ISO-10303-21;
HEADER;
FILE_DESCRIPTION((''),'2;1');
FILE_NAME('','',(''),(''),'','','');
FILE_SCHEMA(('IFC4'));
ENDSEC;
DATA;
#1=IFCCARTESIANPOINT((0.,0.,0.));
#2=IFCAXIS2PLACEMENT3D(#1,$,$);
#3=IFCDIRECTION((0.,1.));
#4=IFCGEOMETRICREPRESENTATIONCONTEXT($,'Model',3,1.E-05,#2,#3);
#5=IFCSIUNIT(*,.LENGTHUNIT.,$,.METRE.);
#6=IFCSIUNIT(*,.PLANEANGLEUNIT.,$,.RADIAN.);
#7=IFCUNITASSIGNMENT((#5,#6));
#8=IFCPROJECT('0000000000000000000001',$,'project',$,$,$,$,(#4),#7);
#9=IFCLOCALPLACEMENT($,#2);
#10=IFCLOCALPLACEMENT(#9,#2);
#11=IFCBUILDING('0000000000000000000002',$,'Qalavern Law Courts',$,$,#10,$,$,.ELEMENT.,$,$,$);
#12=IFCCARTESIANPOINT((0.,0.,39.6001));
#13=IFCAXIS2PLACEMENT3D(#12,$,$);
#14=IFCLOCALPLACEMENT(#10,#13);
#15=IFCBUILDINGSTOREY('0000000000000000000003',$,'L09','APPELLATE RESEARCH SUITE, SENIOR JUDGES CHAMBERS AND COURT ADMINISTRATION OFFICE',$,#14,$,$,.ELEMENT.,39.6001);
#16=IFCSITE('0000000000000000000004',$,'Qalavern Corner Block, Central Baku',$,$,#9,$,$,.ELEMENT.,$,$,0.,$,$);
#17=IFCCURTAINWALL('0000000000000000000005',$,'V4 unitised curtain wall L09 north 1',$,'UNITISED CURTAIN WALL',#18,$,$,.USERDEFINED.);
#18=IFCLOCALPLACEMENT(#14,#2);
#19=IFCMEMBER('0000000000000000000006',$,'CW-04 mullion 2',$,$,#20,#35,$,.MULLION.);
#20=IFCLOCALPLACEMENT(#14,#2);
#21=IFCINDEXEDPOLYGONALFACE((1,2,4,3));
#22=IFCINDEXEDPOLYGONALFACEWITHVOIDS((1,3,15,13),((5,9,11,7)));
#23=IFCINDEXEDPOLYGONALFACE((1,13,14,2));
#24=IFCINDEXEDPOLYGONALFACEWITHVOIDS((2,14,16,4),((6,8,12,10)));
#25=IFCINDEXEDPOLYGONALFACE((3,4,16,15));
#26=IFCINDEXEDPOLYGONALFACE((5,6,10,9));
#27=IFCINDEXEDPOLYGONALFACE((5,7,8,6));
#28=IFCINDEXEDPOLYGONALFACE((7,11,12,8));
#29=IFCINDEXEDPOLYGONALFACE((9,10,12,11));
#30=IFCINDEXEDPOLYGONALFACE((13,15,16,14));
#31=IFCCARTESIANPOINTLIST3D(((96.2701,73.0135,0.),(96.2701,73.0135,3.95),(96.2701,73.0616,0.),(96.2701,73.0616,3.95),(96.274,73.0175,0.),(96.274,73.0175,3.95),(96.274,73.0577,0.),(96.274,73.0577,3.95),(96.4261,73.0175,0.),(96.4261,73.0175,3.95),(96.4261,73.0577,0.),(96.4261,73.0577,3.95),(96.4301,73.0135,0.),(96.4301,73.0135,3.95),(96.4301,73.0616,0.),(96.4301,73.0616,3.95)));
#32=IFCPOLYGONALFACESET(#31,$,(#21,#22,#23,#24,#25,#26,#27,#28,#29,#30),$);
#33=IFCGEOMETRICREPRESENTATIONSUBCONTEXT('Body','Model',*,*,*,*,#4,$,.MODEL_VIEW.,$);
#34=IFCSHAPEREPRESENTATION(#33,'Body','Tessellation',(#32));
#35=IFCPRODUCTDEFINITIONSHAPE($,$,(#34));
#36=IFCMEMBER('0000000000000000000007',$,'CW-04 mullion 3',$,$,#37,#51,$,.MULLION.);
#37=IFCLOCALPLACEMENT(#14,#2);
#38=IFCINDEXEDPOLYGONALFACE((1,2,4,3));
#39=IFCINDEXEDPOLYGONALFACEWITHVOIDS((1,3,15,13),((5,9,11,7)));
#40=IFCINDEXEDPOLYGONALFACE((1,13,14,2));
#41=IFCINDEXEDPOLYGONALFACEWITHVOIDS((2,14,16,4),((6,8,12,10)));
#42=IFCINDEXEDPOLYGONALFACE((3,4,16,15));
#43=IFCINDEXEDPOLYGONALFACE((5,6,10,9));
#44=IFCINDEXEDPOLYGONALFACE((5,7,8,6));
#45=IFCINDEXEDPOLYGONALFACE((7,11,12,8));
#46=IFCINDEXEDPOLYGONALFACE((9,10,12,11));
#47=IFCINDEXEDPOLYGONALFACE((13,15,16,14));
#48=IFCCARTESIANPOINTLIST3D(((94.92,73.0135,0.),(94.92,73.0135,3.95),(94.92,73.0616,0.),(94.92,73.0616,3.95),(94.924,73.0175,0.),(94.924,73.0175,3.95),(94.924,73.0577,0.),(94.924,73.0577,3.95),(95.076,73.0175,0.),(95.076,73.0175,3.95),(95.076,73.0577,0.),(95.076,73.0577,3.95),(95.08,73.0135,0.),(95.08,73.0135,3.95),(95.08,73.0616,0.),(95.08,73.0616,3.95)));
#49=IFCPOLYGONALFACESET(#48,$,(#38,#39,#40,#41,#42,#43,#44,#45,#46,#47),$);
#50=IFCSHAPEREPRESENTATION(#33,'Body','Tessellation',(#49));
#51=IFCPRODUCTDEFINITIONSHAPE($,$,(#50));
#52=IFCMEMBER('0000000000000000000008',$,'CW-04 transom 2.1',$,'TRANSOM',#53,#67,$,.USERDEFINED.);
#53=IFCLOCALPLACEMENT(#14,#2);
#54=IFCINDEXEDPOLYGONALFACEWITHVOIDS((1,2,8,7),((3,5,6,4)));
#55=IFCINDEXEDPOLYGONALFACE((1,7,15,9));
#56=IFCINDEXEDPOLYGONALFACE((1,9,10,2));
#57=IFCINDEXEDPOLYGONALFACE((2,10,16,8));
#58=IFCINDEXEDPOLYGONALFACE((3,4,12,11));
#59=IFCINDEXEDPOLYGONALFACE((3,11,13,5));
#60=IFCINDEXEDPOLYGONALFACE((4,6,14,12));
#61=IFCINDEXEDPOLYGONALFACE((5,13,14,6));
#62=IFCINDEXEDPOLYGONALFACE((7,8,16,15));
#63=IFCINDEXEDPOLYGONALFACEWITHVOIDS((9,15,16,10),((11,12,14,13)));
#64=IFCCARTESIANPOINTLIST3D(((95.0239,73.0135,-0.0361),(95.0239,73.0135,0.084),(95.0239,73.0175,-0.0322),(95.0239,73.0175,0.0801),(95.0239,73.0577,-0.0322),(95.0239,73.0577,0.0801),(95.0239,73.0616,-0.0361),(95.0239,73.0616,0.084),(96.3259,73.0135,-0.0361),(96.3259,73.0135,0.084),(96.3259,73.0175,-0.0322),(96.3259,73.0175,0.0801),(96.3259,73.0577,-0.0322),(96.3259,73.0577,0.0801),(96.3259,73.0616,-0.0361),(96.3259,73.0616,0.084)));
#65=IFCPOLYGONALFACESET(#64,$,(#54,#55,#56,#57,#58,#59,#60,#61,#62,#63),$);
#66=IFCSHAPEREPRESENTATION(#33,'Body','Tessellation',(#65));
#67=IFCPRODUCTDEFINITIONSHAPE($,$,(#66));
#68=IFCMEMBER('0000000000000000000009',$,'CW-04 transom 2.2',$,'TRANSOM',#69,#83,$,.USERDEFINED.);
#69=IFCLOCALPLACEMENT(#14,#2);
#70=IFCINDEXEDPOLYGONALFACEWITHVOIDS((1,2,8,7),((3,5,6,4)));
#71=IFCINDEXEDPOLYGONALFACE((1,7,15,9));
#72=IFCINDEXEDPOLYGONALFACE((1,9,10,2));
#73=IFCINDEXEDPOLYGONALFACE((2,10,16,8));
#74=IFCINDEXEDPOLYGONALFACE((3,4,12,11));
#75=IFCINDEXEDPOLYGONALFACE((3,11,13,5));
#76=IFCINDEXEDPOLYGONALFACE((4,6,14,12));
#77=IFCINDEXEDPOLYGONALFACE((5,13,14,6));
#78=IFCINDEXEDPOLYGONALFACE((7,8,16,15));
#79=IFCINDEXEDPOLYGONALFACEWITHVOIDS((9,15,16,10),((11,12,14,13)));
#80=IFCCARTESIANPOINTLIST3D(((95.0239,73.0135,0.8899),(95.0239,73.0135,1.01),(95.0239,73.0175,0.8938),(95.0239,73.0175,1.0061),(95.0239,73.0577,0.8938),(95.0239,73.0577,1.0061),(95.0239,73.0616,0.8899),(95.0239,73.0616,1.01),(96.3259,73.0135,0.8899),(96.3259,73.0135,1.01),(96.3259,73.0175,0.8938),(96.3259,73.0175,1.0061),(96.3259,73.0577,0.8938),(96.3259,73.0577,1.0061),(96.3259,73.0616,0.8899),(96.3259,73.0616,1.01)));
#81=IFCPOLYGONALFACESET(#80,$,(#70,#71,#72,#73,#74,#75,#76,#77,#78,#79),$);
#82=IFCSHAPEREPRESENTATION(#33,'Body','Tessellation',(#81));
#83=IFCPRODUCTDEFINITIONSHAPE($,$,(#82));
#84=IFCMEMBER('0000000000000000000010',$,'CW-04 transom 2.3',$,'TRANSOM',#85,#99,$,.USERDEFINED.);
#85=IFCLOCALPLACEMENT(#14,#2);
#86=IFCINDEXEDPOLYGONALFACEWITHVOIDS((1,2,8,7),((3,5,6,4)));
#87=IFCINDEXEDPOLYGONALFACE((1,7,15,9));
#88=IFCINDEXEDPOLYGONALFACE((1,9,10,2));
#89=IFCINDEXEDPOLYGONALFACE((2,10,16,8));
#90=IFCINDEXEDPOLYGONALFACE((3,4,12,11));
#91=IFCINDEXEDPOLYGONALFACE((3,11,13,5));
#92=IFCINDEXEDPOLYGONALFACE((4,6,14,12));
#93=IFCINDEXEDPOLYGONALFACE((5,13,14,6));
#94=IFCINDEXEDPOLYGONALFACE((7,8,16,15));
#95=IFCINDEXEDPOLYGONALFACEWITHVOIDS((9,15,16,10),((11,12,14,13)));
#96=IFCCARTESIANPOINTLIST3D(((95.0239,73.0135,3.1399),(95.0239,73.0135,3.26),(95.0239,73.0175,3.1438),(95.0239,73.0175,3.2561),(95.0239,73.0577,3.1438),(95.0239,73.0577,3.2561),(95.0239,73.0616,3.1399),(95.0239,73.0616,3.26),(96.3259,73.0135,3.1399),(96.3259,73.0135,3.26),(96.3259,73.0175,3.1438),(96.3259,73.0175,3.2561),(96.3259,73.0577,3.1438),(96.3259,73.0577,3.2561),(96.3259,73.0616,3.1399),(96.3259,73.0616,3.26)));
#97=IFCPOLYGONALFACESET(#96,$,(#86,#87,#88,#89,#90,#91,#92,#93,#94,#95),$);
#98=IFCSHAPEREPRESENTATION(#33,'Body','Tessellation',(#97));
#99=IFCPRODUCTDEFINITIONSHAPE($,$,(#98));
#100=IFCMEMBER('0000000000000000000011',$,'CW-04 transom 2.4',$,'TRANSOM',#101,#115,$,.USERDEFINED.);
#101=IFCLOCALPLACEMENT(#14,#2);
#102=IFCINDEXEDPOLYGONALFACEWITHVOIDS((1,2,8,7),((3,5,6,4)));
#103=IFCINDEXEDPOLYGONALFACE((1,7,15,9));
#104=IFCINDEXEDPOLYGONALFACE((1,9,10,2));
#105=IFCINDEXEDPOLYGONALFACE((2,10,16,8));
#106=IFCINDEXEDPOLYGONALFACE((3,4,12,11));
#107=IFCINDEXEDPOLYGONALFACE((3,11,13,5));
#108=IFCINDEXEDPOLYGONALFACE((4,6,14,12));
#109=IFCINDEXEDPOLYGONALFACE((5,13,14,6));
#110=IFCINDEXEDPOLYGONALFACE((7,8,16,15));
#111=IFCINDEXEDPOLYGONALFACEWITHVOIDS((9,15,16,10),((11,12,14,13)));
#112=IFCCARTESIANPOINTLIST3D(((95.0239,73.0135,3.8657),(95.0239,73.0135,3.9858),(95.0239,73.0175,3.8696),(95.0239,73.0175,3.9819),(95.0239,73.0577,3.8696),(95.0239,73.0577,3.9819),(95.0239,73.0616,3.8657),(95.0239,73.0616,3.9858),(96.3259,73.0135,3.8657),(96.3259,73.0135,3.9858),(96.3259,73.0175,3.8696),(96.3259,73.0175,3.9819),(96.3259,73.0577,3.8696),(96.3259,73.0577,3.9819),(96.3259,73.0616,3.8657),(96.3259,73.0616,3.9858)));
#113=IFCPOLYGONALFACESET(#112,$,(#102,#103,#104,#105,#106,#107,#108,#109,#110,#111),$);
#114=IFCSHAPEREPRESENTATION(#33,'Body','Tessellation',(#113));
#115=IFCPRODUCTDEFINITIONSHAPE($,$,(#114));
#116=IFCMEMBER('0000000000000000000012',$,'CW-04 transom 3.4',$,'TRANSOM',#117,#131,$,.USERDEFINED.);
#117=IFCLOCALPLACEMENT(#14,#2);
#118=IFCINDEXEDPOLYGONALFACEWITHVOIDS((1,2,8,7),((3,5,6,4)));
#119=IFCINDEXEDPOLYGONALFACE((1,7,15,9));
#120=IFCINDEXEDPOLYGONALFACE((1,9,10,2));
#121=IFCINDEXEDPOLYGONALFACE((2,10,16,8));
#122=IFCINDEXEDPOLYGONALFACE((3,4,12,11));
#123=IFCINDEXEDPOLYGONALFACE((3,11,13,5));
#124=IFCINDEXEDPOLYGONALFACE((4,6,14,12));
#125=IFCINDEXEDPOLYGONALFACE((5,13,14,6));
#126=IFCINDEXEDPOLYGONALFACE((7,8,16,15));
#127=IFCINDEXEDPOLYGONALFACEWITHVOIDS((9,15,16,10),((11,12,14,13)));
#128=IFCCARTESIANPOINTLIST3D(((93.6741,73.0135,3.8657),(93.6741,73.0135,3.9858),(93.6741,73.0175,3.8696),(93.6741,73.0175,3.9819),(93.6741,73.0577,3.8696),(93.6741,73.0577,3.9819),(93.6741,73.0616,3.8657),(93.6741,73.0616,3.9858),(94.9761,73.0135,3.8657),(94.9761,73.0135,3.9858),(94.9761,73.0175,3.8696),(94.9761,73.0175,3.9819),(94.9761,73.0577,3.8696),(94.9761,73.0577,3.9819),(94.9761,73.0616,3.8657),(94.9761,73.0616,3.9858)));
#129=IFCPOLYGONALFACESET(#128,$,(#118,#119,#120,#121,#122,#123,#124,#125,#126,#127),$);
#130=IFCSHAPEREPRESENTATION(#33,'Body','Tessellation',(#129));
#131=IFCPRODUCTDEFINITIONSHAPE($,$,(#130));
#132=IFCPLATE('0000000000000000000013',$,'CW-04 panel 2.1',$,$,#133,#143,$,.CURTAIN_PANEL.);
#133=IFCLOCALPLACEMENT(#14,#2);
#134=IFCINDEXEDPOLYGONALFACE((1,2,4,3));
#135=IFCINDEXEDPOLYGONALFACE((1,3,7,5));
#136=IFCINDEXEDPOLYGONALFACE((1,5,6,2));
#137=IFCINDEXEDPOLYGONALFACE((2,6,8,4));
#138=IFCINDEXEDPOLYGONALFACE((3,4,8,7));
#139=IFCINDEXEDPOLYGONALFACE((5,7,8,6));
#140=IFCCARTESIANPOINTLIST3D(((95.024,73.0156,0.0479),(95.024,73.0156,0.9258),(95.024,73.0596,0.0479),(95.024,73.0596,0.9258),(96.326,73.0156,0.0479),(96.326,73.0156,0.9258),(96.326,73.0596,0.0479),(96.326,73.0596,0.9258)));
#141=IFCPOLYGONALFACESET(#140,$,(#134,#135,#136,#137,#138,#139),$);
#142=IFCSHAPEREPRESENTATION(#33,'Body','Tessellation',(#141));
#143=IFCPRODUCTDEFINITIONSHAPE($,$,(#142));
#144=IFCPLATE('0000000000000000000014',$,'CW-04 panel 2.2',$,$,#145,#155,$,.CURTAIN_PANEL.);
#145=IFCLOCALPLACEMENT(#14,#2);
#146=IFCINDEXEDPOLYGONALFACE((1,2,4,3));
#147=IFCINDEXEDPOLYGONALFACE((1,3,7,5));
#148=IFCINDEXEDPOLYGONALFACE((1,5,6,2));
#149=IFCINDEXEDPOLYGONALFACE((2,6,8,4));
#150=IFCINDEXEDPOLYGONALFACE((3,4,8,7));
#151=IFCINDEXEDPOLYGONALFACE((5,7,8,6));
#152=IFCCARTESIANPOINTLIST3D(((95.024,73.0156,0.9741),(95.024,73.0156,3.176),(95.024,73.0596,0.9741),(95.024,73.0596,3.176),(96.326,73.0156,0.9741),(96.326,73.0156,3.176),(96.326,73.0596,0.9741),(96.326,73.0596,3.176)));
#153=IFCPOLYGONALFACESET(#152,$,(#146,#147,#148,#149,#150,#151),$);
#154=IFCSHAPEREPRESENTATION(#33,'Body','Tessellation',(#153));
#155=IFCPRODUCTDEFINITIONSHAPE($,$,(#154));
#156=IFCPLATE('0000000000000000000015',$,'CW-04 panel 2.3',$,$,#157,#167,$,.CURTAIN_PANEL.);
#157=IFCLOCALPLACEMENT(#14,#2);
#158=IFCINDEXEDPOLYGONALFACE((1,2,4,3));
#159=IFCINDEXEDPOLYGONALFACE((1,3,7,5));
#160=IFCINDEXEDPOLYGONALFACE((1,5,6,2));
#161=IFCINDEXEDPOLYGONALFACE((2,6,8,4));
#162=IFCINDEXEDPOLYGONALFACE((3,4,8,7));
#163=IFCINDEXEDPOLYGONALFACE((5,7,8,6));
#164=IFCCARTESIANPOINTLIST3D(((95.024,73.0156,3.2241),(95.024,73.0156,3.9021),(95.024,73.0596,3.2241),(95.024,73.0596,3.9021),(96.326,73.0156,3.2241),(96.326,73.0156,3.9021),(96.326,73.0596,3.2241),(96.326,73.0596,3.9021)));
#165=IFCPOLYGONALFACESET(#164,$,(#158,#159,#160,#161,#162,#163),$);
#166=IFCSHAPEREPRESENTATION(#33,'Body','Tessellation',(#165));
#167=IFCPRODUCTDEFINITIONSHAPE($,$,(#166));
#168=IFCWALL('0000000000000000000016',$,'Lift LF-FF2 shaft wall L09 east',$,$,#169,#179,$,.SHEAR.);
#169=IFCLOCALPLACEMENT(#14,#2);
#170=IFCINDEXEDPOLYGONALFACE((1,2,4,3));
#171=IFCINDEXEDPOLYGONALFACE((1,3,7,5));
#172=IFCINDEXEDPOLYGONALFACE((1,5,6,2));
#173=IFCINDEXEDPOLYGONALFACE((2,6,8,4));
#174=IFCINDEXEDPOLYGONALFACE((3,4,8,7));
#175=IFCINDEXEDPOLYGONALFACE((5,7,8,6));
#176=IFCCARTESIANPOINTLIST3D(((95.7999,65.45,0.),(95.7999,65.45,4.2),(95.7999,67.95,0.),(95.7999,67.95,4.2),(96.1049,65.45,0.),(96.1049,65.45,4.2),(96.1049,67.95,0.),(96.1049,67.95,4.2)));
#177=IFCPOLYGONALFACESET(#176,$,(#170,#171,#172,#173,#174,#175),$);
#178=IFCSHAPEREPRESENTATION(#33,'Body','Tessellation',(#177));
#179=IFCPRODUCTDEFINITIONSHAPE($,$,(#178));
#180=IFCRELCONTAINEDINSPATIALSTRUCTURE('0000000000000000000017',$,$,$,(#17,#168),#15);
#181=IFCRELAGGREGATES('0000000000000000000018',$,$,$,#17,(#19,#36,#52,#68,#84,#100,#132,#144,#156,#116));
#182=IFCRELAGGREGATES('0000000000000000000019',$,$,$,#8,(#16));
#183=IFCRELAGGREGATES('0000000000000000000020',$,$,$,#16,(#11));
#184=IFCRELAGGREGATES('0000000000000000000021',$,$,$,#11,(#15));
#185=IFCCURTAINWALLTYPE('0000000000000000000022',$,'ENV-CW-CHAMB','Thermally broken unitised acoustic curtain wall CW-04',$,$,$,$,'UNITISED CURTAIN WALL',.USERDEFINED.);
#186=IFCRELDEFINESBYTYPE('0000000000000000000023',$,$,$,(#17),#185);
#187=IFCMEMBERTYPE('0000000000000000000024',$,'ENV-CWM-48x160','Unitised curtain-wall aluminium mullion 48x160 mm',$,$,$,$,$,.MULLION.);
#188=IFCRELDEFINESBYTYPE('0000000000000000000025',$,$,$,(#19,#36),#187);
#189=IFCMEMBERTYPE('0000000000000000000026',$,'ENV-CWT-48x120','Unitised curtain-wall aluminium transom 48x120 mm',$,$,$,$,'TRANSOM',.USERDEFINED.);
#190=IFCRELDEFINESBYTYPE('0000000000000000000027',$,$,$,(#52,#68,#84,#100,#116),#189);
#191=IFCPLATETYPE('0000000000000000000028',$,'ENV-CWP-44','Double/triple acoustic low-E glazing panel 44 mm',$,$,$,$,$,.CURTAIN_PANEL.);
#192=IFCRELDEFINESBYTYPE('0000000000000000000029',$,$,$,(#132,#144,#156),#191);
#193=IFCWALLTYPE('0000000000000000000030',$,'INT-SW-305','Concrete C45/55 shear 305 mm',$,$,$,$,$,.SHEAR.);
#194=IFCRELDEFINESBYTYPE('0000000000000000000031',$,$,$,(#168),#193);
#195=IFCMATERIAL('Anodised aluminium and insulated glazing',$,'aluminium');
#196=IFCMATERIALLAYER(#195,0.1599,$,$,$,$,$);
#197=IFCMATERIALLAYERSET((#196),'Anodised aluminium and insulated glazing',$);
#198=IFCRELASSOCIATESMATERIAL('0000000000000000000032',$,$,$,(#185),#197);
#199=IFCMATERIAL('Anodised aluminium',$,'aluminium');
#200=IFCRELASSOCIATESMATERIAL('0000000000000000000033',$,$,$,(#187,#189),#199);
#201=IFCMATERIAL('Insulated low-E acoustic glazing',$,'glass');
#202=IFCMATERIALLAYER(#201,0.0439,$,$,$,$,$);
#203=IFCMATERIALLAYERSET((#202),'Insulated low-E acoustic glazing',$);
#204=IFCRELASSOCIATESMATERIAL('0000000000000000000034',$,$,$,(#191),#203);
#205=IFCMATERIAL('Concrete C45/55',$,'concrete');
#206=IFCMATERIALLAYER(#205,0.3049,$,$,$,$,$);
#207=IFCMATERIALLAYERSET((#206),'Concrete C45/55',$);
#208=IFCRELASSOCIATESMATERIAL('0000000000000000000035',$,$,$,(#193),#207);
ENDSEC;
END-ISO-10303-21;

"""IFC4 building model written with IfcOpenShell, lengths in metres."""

from ifc_helpers import new_model, si_unit, direction, frame, frame_2d, origin, origin_2d, place, context, subcontext, project, spatial, rectangle, hollow_rectangle, extrude, material, layer, layer_set, material_profile, profile_set, type_object, element, aggregate, save


model = new_model("IFC4")

# Units and contexts
model_context = context("Model", 3, precision=1e-05, world=origin(), true_north=direction((0.0, 1.0)))
body_context = subcontext(model_context, "Body", "Model", "MODEL_VIEW")
ifc_project = project(units=[si_unit("LENGTHUNIT", "METRE"), si_unit("PLANEANGLEUNIT", "RADIAN")], contexts=[model_context])

# Site, building, storey
site_placement = place(None, origin())
site = spatial("IfcSite", under=ifc_project, at=site_placement, Name="Qalavern Corner Block, Central Baku", CompositionType="ELEMENT", RefElevation=0.0)
building_placement = place(site_placement, origin())
building = spatial("IfcBuilding", under=site, at=building_placement, Name="Qalavern Law Courts", CompositionType="ELEMENT")
storey_placement = place(building_placement, frame((0.0, 0.0, 39.6001)))
storey = spatial("IfcBuildingStorey", under=building, at=storey_placement, Name="L09", Description="APPELLATE RESEARCH SUITE, SENIOR JUDGES CHAMBERS AND COURT ADMINISTRATION OFFICE", CompositionType="ELEMENT", Elevation=39.6001)

# Curtain wall, members, plates
ifc_material_1 = material(Name="Anodised aluminium and insulated glazing", Category="aluminium")
ifc_layer_1 = layer(ifc_material_1, 0.1599)
ifc_layer_set_1 = layer_set([ifc_layer_1], Name="Anodised aluminium and insulated glazing")
curtain_wall_type = type_object("IfcCurtainWallType", Name="ENV-CW-CHAMB", Description="Thermally broken unitised acoustic curtain wall CW-04", ElementType="UNITISED CURTAIN WALL", PredefinedType="USERDEFINED", material=ifc_layer_set_1)
curtain_wall_placement = place(storey_placement, origin())
curtain_wall = element("IfcCurtainWall", 1, at=curtain_wall_placement, inside=storey, type_object=curtain_wall_type, Name="V4 unitised curtain wall L09 north 1", ObjectType="UNITISED CURTAIN WALL", PredefinedType="USERDEFINED")
ifc_material_2 = material(Name="Anodised aluminium", Category="aluminium")
ifc_material_profile_1 = material_profile(ifc_material_2, hollow_rectangle(XDim=0.0481, YDim=0.1599, WallThickness=0.0039, at=origin_2d()), Name="ALU MULLION 48x160")
ifc_profile_set_1 = profile_set([ifc_material_profile_1], Name="Anodised aluminium")
member_type_1 = type_object("IfcMemberType", Name="ENV-CWM-48x160", Description="Unitised curtain-wall aluminium mullion 48x160 mm", PredefinedType="MULLION", material=ifc_profile_set_1)
member_1_placement = place(storey_placement, frame((96.3501, 73.0376, 0.0), z_axis=(0.0, 0.0, 1.0), x_axis=(0.0, -1.0, 0.0)))
member_1 = element("IfcMember", 2, at=member_1_placement, type_object=member_type_1, Name="CW-04 mullion 2", PredefinedType="MULLION", context=body_context, shape_type="SweptSolid", body=[
    extrude(hollow_rectangle(XDim=0.0481, YDim=0.1599, WallThickness=0.0039, at=origin_2d()), origin(), (0.0, 0.0, 1.0), 3.95),
])
member_2_placement = place(storey_placement, frame((95.0, 73.0376, 0.0), z_axis=(0.0, 0.0, 1.0), x_axis=(0.0, -1.0, 0.0)))
member_2 = element("IfcMember", 3, at=member_2_placement, type_object=member_type_1, Name="CW-04 mullion 3", PredefinedType="MULLION", context=body_context, shape_type="SweptSolid", body=[
    extrude(hollow_rectangle(XDim=0.0481, YDim=0.1599, WallThickness=0.0039, at=origin_2d()), origin(), (0.0, 0.0, 1.0), 3.95),
])
ifc_material_profile_2 = material_profile(ifc_material_2, hollow_rectangle(XDim=0.0481, YDim=0.1201, WallThickness=0.0039, at=origin_2d()), Name="ALU TRANSOM 48x120")
ifc_profile_set_2 = profile_set([ifc_material_profile_2], Name="Anodised aluminium")
member_type_2 = type_object("IfcMemberType", Name="ENV-CWT-48x120", Description="Unitised curtain-wall aluminium transom 48x120 mm", ElementType="TRANSOM", PredefinedType="USERDEFINED", material=ifc_profile_set_2)
member_3_placement = place(storey_placement, frame((96.3259, 73.0376, 0.0239), z_axis=(-1.0, 0.0, 0.0), x_axis=(0.0, -1.0, 0.0)))
member_3 = element("IfcMember", 4, at=member_3_placement, type_object=member_type_2, Name="CW-04 transom 2.1", ObjectType="TRANSOM", PredefinedType="USERDEFINED", context=body_context, shape_type="SweptSolid", body=[
    extrude(hollow_rectangle(XDim=0.0481, YDim=0.1201, WallThickness=0.0039, at=origin_2d()), origin(), (0.0, 0.0, 1.0), 1.302),
])
member_4_placement = place(storey_placement, frame((96.3259, 73.0376, 0.95), z_axis=(-1.0, 0.0, 0.0), x_axis=(0.0, -1.0, 0.0)))
member_4 = element("IfcMember", 5, at=member_4_placement, type_object=member_type_2, Name="CW-04 transom 2.2", ObjectType="TRANSOM", PredefinedType="USERDEFINED", context=body_context, shape_type="SweptSolid", body=[
    extrude(hollow_rectangle(XDim=0.0481, YDim=0.1201, WallThickness=0.0039, at=origin_2d()), origin(), (0.0, 0.0, 1.0), 1.302),
])
member_5_placement = place(storey_placement, frame((96.3259, 73.0376, 3.2), z_axis=(-1.0, 0.0, 0.0), x_axis=(0.0, -1.0, 0.0)))
member_5 = element("IfcMember", 6, at=member_5_placement, type_object=member_type_2, Name="CW-04 transom 2.3", ObjectType="TRANSOM", PredefinedType="USERDEFINED", context=body_context, shape_type="SweptSolid", body=[
    extrude(hollow_rectangle(XDim=0.0481, YDim=0.1201, WallThickness=0.0039, at=origin_2d()), origin(), (0.0, 0.0, 1.0), 1.302),
])
member_6_placement = place(storey_placement, frame((96.3259, 73.0376, 3.9258), z_axis=(-1.0, 0.0, 0.0), x_axis=(0.0, -1.0, 0.0)))
member_6 = element("IfcMember", 7, at=member_6_placement, type_object=member_type_2, Name="CW-04 transom 2.4", ObjectType="TRANSOM", PredefinedType="USERDEFINED", context=body_context, shape_type="SweptSolid", body=[
    extrude(hollow_rectangle(XDim=0.0481, YDim=0.1201, WallThickness=0.0039, at=origin_2d()), origin(), (0.0, 0.0, 1.0), 1.302),
])
member_7_placement = place(storey_placement, frame((94.9761, 73.0376, 3.9258), z_axis=(-1.0, 0.0, 0.0), x_axis=(0.0, -1.0, 0.0)))
member_7 = element("IfcMember", 8, at=member_7_placement, type_object=member_type_2, Name="CW-04 transom 3.4", ObjectType="TRANSOM", PredefinedType="USERDEFINED", context=body_context, shape_type="SweptSolid", body=[
    extrude(hollow_rectangle(XDim=0.0481, YDim=0.1201, WallThickness=0.0039, at=origin_2d()), origin(), (0.0, 0.0, 1.0), 1.302),
])
ifc_material_3 = material(Name="Insulated low-E acoustic glazing", Category="glass")
ifc_layer_2 = layer(ifc_material_3, 0.0439)
ifc_layer_set_2 = layer_set([ifc_layer_2], Name="Insulated low-E acoustic glazing")
plate_type = type_object("IfcPlateType", Name="ENV-CWP-44", Description="Double/triple acoustic low-E glazing panel 44 mm", PredefinedType="CURTAIN_PANEL", material=ifc_layer_set_2)
plate_1_placement = place(storey_placement, frame((95.675, 73.0376, 0.0479), z_axis=(0.0, 0.0, 1.0), x_axis=(-1.0, 0.0, 0.0)))
plate_1 = element("IfcPlate", 9, at=plate_1_placement, type_object=plate_type, Name="CW-04 panel 2.1", PredefinedType="CURTAIN_PANEL", context=body_context, shape_type="SweptSolid", body=[
    extrude(rectangle(XDim=1.302, YDim=0.0439, at=origin_2d()), origin(), (0.0, 0.0, 1.0), 0.8779),
])
plate_2_placement = place(storey_placement, frame((95.675, 73.0376, 0.9741), z_axis=(0.0, 0.0, 1.0), x_axis=(-1.0, 0.0, 0.0)))
plate_2 = element("IfcPlate", 10, at=plate_2_placement, type_object=plate_type, Name="CW-04 panel 2.2", PredefinedType="CURTAIN_PANEL", context=body_context, shape_type="SweptSolid", body=[
    extrude(rectangle(XDim=1.302, YDim=0.0439, at=origin_2d()), origin(), (0.0, 0.0, 1.0), 2.2019),
])
plate_3_placement = place(storey_placement, frame((95.675, 73.0376, 3.2241), z_axis=(0.0, 0.0, 1.0), x_axis=(-1.0, 0.0, 0.0)))
plate_3 = element("IfcPlate", 11, at=plate_3_placement, type_object=plate_type, Name="CW-04 panel 2.3", PredefinedType="CURTAIN_PANEL", context=body_context, shape_type="SweptSolid", body=[
    extrude(rectangle(XDim=1.302, YDim=0.0439, at=origin_2d()), origin(), (0.0, 0.0, 1.0), 0.678),
])
aggregate(curtain_wall, [member_1, member_2, member_3, member_4, member_5, member_6, plate_1, plate_2, plate_3, member_7])

# Wall
ifc_material_4 = material(Name="Concrete C45/55", Category="concrete")
ifc_layer_3 = layer(ifc_material_4, 0.3049)
ifc_layer_set_3 = layer_set([ifc_layer_3], Name="Concrete C45/55")
wall_type = type_object("IfcWallType", Name="INT-SW-305", Description="Concrete C45/55 shear 305 mm", PredefinedType="SHEAR", material=ifc_layer_set_3)
wall_1_placement = place(storey_placement, frame((95.9524, 65.45, 0.0), z_axis=(0.0, 0.0, 1.0), x_axis=(0.0, 1.0, 0.0)))
element("IfcWall", 12, at=wall_1_placement, inside=storey, type_object=wall_type, Name="Lift LF-FF2 shaft wall L09 east", PredefinedType="SHEAR", context=body_context, shape_type="SweptSolid", body=[
    extrude(rectangle(XDim=2.5, YDim=0.3049, at=frame_2d((1.25, 0.0))), origin(), (0.0, 0.0, 1.0), 4.2),
])

save(model, "model.ifc")
